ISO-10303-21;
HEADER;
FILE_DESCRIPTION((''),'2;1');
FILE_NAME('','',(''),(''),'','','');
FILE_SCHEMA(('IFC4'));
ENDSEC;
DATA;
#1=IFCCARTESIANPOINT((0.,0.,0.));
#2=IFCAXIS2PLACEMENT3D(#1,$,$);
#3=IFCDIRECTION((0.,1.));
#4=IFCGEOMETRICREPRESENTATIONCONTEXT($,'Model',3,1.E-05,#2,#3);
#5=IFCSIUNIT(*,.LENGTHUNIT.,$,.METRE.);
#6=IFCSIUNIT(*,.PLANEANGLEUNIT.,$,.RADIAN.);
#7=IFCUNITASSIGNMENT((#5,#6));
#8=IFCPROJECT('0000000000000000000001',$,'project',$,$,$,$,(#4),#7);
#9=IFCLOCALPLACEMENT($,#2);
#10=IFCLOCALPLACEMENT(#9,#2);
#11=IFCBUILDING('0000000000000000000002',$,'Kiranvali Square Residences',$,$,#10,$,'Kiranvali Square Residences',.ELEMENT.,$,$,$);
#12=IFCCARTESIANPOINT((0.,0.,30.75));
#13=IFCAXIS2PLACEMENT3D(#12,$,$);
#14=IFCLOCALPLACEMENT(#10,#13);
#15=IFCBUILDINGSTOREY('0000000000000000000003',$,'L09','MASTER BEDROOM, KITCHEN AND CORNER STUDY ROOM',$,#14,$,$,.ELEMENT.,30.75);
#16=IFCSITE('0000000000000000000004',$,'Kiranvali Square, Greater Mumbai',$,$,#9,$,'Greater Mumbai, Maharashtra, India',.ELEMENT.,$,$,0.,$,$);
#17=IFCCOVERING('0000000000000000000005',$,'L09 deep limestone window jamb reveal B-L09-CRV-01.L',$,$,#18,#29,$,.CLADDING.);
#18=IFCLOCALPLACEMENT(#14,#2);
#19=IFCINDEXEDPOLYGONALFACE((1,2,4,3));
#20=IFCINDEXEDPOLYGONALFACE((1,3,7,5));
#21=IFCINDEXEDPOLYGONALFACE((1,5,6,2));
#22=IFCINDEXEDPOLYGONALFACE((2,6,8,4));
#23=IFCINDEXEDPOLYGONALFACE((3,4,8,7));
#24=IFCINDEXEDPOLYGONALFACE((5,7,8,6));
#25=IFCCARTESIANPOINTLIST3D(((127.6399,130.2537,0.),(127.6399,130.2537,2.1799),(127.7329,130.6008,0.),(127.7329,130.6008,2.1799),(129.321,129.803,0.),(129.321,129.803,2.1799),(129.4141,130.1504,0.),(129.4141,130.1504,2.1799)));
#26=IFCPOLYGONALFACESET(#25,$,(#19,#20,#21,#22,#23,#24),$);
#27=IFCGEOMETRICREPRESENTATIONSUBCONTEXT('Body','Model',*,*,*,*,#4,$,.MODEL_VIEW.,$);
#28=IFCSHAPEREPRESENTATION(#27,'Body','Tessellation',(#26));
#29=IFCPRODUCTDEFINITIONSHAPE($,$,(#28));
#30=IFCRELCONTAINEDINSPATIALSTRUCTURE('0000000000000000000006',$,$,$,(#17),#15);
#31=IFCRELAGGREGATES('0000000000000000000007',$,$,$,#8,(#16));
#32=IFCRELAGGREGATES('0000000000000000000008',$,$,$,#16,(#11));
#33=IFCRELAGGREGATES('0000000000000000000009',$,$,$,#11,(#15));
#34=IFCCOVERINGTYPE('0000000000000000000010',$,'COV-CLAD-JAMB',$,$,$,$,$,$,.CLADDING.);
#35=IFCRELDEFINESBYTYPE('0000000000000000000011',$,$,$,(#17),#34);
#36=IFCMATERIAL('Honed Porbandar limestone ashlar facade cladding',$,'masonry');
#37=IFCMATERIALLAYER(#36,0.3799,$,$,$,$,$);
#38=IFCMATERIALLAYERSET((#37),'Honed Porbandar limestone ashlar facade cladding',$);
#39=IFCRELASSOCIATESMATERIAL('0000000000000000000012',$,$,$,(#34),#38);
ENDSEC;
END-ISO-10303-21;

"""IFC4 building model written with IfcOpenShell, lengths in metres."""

from ifc_helpers import new_model, si_unit, direction, frame, origin, place, context, subcontext, project, spatial, polyline, outline, extrude, material, layer, layer_set, type_object, element, save


model = new_model("IFC4")

# Units and contexts
model_context = context("Model", 3, precision=1e-05, world=origin(), true_north=direction((0.0, 1.0)))
body_context = subcontext(model_context, "Body", "Model", "MODEL_VIEW")
ifc_project = project(units=[si_unit("LENGTHUNIT", "METRE"), si_unit("PLANEANGLEUNIT", "RADIAN")], contexts=[model_context])

# Site, building, storey
site_placement = place(None, origin())
site = spatial("IfcSite", under=ifc_project, at=site_placement, Name="Kiranvali Square, Greater Mumbai", LongName="Greater Mumbai, Maharashtra, India", CompositionType="ELEMENT", RefElevation=0.0)
building_placement = place(site_placement, origin())
building = spatial("IfcBuilding", under=site, at=building_placement, Name="Kiranvali Square Residences", LongName="Kiranvali Square Residences", CompositionType="ELEMENT")
storey_placement = place(building_placement, frame((0.0, 0.0, 30.75)))
storey = spatial("IfcBuildingStorey", under=building, at=storey_placement, Name="L09", Description="MASTER BEDROOM, KITCHEN AND CORNER STUDY ROOM", CompositionType="ELEMENT", Elevation=30.75)

# Covering
ifc_material_1 = material(Name="Honed Porbandar limestone ashlar facade cladding", Category="masonry")
ifc_layer_1 = layer(ifc_material_1, 0.3799)
ifc_layer_set_1 = layer_set([ifc_layer_1], Name="Honed Porbandar limestone ashlar facade cladding")
covering_type_1 = type_object("IfcCoveringType", Name="COV-CLAD-JAMB", PredefinedType="CLADDING", material=ifc_layer_set_1)
covering_1_placement = place(storey_placement, origin())
element("IfcCovering", 1, at=covering_1_placement, inside=storey, type_object=covering_type_1, Name="L09 deep limestone window jamb reveal B-L09-CRV-01.L", PredefinedType="CLADDING", context=body_context, shape_type="SweptSolid", body=[
    extrude(outline(polyline([(127.6399, 130.2537), (129.321, 129.803), (129.4141, 130.1504), (127.7329, 130.6008), (127.6399, 130.2537)])), origin(), (0.0, 0.0, 1.0), 2.1799),
])

save(model, "model.ifc")
